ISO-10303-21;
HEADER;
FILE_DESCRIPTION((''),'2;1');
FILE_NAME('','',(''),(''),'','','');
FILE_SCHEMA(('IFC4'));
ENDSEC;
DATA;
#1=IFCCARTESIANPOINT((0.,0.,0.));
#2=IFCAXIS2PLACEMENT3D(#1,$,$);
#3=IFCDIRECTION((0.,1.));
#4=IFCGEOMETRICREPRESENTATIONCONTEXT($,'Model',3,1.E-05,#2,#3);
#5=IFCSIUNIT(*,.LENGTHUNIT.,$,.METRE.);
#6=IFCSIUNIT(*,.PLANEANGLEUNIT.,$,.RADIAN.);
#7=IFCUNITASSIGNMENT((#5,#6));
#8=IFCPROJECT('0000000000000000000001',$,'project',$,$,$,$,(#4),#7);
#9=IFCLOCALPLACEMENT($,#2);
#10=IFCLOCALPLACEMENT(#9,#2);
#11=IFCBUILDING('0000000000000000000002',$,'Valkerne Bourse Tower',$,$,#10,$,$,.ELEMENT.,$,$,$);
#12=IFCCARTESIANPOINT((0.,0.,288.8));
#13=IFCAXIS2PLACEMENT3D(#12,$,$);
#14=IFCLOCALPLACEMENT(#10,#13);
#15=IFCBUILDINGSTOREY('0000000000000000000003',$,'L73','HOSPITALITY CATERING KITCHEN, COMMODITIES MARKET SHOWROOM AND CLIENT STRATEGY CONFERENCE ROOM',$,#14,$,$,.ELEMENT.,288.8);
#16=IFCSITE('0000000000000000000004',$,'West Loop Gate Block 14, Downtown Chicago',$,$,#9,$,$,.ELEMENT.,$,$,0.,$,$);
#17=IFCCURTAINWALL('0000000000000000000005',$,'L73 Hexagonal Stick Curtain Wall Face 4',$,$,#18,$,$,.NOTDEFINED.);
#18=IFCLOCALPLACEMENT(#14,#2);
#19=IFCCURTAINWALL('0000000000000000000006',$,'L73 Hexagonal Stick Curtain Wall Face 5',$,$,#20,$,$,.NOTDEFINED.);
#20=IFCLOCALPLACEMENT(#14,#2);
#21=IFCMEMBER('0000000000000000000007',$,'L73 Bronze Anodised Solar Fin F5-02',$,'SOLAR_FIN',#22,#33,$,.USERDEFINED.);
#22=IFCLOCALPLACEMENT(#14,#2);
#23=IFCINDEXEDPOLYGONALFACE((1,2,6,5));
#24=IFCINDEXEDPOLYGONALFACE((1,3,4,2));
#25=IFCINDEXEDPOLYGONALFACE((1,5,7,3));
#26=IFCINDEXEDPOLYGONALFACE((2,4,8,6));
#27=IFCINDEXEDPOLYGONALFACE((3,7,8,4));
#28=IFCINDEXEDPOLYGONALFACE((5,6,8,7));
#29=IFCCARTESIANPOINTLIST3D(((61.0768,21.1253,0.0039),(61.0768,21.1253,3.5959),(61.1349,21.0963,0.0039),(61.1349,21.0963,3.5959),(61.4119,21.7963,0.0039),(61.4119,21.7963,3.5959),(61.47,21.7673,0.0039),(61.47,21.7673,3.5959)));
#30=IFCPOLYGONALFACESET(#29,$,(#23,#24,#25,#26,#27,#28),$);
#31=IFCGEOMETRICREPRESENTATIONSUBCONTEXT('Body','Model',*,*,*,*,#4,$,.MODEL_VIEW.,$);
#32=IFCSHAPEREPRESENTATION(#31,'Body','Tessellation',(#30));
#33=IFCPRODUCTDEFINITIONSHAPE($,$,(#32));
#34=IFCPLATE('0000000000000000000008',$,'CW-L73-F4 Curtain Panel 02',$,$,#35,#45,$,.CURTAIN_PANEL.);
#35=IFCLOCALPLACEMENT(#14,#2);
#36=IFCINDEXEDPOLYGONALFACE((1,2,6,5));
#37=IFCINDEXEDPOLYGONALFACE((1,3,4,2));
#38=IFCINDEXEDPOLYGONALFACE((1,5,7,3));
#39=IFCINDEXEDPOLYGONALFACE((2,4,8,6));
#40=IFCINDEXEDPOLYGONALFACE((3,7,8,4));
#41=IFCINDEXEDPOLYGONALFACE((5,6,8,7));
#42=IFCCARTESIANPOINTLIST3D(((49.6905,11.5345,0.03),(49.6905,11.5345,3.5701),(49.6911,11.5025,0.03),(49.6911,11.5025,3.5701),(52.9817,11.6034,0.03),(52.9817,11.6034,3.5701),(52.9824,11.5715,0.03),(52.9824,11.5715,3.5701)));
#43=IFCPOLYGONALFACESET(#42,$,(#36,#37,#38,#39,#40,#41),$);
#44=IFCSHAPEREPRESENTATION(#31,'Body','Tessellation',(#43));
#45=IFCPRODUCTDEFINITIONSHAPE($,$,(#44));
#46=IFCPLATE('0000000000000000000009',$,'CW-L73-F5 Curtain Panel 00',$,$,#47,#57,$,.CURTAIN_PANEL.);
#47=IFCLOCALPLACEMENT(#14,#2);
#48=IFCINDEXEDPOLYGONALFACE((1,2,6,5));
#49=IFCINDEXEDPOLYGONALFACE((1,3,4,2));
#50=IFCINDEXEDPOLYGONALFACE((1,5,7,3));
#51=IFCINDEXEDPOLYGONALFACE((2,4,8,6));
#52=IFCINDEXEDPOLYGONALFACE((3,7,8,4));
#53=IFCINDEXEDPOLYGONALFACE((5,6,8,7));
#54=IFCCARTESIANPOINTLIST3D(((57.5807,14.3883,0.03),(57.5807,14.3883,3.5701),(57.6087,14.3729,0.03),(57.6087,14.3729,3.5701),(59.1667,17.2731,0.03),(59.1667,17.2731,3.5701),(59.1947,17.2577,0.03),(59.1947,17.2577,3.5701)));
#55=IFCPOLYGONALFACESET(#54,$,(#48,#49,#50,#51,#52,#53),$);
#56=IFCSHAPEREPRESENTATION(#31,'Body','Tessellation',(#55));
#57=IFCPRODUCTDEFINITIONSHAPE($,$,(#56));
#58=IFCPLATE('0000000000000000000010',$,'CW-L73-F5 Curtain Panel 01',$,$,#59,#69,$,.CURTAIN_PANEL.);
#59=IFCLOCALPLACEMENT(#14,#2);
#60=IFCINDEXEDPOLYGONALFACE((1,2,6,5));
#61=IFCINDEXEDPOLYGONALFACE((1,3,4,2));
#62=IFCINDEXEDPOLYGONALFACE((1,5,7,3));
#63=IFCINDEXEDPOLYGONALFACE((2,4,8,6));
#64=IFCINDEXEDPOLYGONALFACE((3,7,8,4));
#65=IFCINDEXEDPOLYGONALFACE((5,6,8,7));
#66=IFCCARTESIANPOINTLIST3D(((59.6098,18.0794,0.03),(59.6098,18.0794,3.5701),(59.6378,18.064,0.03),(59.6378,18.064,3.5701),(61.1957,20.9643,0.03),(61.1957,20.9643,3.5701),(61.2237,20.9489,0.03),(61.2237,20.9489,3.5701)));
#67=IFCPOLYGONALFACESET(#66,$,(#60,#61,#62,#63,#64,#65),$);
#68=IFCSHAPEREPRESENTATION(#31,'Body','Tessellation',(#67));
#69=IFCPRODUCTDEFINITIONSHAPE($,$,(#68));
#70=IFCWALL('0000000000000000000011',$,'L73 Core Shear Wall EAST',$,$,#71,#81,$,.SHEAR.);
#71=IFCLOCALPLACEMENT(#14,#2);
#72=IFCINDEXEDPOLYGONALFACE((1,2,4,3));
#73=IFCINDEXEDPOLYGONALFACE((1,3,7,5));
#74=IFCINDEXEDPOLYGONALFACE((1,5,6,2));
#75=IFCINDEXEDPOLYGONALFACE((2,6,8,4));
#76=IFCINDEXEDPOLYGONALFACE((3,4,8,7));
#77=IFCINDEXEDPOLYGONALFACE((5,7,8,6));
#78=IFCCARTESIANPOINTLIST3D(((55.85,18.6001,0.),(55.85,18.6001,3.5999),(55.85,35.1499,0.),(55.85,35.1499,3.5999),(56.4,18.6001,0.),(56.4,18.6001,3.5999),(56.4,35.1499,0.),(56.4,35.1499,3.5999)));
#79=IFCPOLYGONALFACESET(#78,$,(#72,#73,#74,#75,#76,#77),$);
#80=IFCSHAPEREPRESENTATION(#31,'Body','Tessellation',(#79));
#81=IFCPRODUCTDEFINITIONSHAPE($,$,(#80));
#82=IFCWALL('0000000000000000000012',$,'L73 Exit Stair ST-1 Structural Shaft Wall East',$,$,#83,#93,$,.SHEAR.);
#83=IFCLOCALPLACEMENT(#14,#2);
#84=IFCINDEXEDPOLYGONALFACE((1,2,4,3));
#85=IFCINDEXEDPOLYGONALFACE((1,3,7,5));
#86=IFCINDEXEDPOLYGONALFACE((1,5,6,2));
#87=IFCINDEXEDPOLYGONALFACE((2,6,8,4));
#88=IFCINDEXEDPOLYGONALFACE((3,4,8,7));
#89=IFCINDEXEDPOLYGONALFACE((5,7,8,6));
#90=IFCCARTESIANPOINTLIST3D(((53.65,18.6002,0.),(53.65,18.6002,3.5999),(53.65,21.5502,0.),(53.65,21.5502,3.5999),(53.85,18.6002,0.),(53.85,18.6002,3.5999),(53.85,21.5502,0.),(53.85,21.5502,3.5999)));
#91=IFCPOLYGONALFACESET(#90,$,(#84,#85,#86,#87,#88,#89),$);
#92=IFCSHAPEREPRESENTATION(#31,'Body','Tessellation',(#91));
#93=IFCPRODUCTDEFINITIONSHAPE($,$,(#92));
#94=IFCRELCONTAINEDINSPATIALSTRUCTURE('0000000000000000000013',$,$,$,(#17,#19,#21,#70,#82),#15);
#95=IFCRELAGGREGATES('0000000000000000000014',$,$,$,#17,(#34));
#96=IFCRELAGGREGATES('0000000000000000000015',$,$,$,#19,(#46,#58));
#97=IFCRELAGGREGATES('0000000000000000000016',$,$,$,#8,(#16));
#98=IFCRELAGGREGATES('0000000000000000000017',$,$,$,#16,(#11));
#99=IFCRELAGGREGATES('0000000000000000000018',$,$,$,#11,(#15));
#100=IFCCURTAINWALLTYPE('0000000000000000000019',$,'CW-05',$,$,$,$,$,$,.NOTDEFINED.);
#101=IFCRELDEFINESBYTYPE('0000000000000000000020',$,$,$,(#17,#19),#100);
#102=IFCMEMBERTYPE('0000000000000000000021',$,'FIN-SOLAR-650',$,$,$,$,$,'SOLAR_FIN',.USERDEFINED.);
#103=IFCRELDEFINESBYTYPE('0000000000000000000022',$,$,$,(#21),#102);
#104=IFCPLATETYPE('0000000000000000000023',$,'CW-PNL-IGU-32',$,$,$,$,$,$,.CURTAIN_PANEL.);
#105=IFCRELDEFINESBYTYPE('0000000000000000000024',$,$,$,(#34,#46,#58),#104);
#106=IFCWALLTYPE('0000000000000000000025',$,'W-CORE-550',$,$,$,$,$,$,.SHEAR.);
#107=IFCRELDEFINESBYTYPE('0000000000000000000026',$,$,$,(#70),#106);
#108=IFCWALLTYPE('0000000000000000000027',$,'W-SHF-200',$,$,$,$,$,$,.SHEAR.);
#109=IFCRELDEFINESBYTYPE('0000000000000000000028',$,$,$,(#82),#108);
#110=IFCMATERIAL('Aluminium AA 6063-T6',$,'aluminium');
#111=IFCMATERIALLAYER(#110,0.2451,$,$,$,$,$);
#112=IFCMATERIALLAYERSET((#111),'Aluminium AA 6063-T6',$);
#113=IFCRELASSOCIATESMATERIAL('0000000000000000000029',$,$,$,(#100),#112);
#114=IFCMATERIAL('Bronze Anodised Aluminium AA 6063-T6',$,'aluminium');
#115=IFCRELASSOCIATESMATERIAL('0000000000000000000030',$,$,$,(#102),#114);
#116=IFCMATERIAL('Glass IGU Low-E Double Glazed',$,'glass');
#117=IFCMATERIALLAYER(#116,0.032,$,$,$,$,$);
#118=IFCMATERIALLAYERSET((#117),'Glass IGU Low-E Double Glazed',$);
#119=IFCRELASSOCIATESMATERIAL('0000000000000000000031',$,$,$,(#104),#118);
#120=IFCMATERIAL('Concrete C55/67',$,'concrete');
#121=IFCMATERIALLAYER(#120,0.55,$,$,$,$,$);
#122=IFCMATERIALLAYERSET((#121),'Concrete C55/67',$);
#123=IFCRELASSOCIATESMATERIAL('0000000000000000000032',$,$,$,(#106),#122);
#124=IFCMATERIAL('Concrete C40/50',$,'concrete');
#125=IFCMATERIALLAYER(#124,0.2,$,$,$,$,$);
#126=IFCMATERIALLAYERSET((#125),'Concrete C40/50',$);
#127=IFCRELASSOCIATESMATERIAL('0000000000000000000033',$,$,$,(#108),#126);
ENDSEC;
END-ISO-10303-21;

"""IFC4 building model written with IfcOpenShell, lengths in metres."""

from ifc_helpers import new_model, si_unit, direction, frame, frame_2d, origin, origin_2d, place, context, subcontext, project, spatial, rectangle, extrude, material, layer, layer_set, material_profile, profile_set, type_object, element, aggregate, save


model = new_model("IFC4")

# Units and contexts
model_context = context("Model", 3, precision=1e-05, world=origin(), true_north=direction((0.0, 1.0)))
body_context = subcontext(model_context, "Body", "Model", "MODEL_VIEW")
ifc_project = project(units=[si_unit("LENGTHUNIT", "METRE"), si_unit("PLANEANGLEUNIT", "RADIAN")], contexts=[model_context])

# Site, building, storey
site_placement = place(None, origin())
site = spatial("IfcSite", under=ifc_project, at=site_placement, Name="West Loop Gate Block 14, Downtown Chicago", CompositionType="ELEMENT", RefElevation=0.0)
building_placement = place(site_placement, origin())
building = spatial("IfcBuilding", under=site, at=building_placement, Name="Valkerne Bourse Tower", CompositionType="ELEMENT")
storey_placement = place(building_placement, frame((0.0, 0.0, 288.8)))
storey = spatial("IfcBuildingStorey", under=building, at=storey_placement, Name="L73", Description="HOSPITALITY CATERING KITCHEN, COMMODITIES MARKET SHOWROOM AND CLIENT STRATEGY CONFERENCE ROOM", CompositionType="ELEMENT", Elevation=288.8)

# Curtain wall
ifc_material_1 = material(Name="Aluminium AA 6063-T6", Category="aluminium")
ifc_layer_1 = layer(ifc_material_1, 0.2451)
ifc_layer_set_1 = layer_set([ifc_layer_1], Name="Aluminium AA 6063-T6")
curtain_wall_type = type_object("IfcCurtainWallType", Name="CW-05", PredefinedType="NOTDEFINED", material=ifc_layer_set_1)
curtain_wall_1_placement = place(storey_placement, origin())
curtain_wall_1 = element("IfcCurtainWall", 1, at=curtain_wall_1_placement, inside=storey, type_object=curtain_wall_type, Name="L73 Hexagonal Stick Curtain Wall Face 4", PredefinedType="NOTDEFINED")

# Curtain wall
curtain_wall_2_placement = place(storey_placement, origin())
curtain_wall_2 = element("IfcCurtainWall", 2, at=curtain_wall_2_placement, inside=storey, type_object=curtain_wall_type, Name="L73 Hexagonal Stick Curtain Wall Face 5", PredefinedType="NOTDEFINED")

# Member
ifc_material_2 = material(Name="Bronze Anodised Aluminium AA 6063-T6", Category="aluminium")
ifc_material_profile_1 = material_profile(ifc_material_2, rectangle(XDim=0.0649, YDim=0.75, at=origin_2d()), Name="FIN-65X750")
ifc_profile_set_1 = profile_set([ifc_material_profile_1], Name="Bronze Anodised Aluminium AA 6063-T6")
member_type_1 = type_object("IfcMemberType", Name="FIN-SOLAR-650", ElementType="SOLAR_FIN", PredefinedType="USERDEFINED", material=ifc_profile_set_1)
member_1_placement = place(storey_placement, frame((61.2734, 21.4463, 0.0039), z_axis=(0.0, 0.0, 1.0), x_axis=(0.894638, -0.446792, 0.0)))
element("IfcMember", 3, at=member_1_placement, inside=storey, type_object=member_type_1, Name="L73 Bronze Anodised Solar Fin F5-02", ObjectType="SOLAR_FIN", PredefinedType="USERDEFINED", context=body_context, shape_type="SweptSolid", body=[
    extrude(rectangle(XDim=0.0649, YDim=0.75, at=origin_2d()), origin(), (0.0, 0.0, 1.0), 3.592),
])

# Plates
ifc_material_3 = material(Name="Glass IGU Low-E Double Glazed", Category="glass")
ifc_layer_2 = layer(ifc_material_3, 0.032)
ifc_layer_set_2 = layer_set([ifc_layer_2], Name="Glass IGU Low-E Double Glazed")
plate_type = type_object("IfcPlateType", Name="CW-PNL-IGU-32", PredefinedType="CURTAIN_PANEL", material=ifc_layer_set_2)
plate_1_placement = place(storey_placement, frame((51.3364, 11.553, 0.03), z_axis=(0.0, 0.0, 1.0), x_axis=(0.999781, 0.02094, 0.0)))
plate_1 = element("IfcPlate", 4, at=plate_1_placement, type_object=plate_type, Name="CW-L73-F4 Curtain Panel 02", PredefinedType="CURTAIN_PANEL", context=body_context, shape_type="SweptSolid", body=[
    extrude(rectangle(XDim=3.292, YDim=0.032, at=origin_2d()), origin(), (0.0, 0.0, 1.0), 3.54),
])
aggregate(curtain_wall_1, [plate_1])
plate_2_placement = place(storey_placement, frame((58.3877, 15.823, 0.03), z_axis=(0.0, 0.0, 1.0), x_axis=(0.481764, 0.876301, 0.0)))
plate_2 = element("IfcPlate", 5, at=plate_2_placement, type_object=plate_type, Name="CW-L73-F5 Curtain Panel 00", PredefinedType="CURTAIN_PANEL", context=body_context, shape_type="SweptSolid", body=[
    extrude(rectangle(XDim=3.292, YDim=0.032, at=origin_2d()), origin(), (0.0, 0.0, 1.0), 3.54),
])
plate_3_placement = place(storey_placement, frame((60.4167, 19.5142, 0.03), z_axis=(0.0, 0.0, 1.0), x_axis=(0.481736, 0.876317, 0.0)))
plate_3 = element("IfcPlate", 6, at=plate_3_placement, type_object=plate_type, Name="CW-L73-F5 Curtain Panel 01", PredefinedType="CURTAIN_PANEL", context=body_context, shape_type="SweptSolid", body=[
    extrude(rectangle(XDim=3.292, YDim=0.032, at=origin_2d()), origin(), (0.0, 0.0, 1.0), 3.54),
])
aggregate(curtain_wall_2, [plate_2, plate_3])

# Walls
ifc_material_4 = material(Name="Concrete C55/67", Category="concrete")
ifc_layer_3 = layer(ifc_material_4, 0.55)
ifc_layer_set_3 = layer_set([ifc_layer_3], Name="Concrete C55/67")
wall_type_1 = type_object("IfcWallType", Name="W-CORE-550", PredefinedType="SHEAR", material=ifc_layer_set_3)
wall_1_placement = place(storey_placement, frame((56.125, 18.6001, 0.0), z_axis=(0.0, 0.0, 1.0), x_axis=(0.0, 1.0, 0.0)))
element("IfcWall", 7, at=wall_1_placement, inside=storey, type_object=wall_type_1, Name="L73 Core Shear Wall EAST", PredefinedType="SHEAR", context=body_context, shape_type="SweptSolid", body=[
    extrude(rectangle(XDim=16.5498, YDim=0.55, at=frame_2d((8.2749, 0.0))), origin(), (0.0, 0.0, 1.0), 3.5999),
])
ifc_material_5 = material(Name="Concrete C40/50", Category="concrete")
ifc_layer_4 = layer(ifc_material_5, 0.2)
ifc_layer_set_4 = layer_set([ifc_layer_4], Name="Concrete C40/50")
wall_type_2 = type_object("IfcWallType", Name="W-SHF-200", PredefinedType="SHEAR", material=ifc_layer_set_4)
wall_2_placement = place(storey_placement, frame((53.75, 18.6001, 0.0), z_axis=(0.0, 0.0, 1.0), x_axis=(0.0, 1.0, 0.0)))
element("IfcWall", 8, at=wall_2_placement, inside=storey, type_object=wall_type_2, Name="L73 Exit Stair ST-1 Structural Shaft Wall East", PredefinedType="SHEAR", context=body_context, shape_type="SweptSolid", body=[
    extrude(rectangle(XDim=2.95, YDim=0.2, at=frame_2d((1.4751, 0.0))), origin(), (0.0, 0.0, 1.0), 3.5999),
])

save(model, "model.ifc")
